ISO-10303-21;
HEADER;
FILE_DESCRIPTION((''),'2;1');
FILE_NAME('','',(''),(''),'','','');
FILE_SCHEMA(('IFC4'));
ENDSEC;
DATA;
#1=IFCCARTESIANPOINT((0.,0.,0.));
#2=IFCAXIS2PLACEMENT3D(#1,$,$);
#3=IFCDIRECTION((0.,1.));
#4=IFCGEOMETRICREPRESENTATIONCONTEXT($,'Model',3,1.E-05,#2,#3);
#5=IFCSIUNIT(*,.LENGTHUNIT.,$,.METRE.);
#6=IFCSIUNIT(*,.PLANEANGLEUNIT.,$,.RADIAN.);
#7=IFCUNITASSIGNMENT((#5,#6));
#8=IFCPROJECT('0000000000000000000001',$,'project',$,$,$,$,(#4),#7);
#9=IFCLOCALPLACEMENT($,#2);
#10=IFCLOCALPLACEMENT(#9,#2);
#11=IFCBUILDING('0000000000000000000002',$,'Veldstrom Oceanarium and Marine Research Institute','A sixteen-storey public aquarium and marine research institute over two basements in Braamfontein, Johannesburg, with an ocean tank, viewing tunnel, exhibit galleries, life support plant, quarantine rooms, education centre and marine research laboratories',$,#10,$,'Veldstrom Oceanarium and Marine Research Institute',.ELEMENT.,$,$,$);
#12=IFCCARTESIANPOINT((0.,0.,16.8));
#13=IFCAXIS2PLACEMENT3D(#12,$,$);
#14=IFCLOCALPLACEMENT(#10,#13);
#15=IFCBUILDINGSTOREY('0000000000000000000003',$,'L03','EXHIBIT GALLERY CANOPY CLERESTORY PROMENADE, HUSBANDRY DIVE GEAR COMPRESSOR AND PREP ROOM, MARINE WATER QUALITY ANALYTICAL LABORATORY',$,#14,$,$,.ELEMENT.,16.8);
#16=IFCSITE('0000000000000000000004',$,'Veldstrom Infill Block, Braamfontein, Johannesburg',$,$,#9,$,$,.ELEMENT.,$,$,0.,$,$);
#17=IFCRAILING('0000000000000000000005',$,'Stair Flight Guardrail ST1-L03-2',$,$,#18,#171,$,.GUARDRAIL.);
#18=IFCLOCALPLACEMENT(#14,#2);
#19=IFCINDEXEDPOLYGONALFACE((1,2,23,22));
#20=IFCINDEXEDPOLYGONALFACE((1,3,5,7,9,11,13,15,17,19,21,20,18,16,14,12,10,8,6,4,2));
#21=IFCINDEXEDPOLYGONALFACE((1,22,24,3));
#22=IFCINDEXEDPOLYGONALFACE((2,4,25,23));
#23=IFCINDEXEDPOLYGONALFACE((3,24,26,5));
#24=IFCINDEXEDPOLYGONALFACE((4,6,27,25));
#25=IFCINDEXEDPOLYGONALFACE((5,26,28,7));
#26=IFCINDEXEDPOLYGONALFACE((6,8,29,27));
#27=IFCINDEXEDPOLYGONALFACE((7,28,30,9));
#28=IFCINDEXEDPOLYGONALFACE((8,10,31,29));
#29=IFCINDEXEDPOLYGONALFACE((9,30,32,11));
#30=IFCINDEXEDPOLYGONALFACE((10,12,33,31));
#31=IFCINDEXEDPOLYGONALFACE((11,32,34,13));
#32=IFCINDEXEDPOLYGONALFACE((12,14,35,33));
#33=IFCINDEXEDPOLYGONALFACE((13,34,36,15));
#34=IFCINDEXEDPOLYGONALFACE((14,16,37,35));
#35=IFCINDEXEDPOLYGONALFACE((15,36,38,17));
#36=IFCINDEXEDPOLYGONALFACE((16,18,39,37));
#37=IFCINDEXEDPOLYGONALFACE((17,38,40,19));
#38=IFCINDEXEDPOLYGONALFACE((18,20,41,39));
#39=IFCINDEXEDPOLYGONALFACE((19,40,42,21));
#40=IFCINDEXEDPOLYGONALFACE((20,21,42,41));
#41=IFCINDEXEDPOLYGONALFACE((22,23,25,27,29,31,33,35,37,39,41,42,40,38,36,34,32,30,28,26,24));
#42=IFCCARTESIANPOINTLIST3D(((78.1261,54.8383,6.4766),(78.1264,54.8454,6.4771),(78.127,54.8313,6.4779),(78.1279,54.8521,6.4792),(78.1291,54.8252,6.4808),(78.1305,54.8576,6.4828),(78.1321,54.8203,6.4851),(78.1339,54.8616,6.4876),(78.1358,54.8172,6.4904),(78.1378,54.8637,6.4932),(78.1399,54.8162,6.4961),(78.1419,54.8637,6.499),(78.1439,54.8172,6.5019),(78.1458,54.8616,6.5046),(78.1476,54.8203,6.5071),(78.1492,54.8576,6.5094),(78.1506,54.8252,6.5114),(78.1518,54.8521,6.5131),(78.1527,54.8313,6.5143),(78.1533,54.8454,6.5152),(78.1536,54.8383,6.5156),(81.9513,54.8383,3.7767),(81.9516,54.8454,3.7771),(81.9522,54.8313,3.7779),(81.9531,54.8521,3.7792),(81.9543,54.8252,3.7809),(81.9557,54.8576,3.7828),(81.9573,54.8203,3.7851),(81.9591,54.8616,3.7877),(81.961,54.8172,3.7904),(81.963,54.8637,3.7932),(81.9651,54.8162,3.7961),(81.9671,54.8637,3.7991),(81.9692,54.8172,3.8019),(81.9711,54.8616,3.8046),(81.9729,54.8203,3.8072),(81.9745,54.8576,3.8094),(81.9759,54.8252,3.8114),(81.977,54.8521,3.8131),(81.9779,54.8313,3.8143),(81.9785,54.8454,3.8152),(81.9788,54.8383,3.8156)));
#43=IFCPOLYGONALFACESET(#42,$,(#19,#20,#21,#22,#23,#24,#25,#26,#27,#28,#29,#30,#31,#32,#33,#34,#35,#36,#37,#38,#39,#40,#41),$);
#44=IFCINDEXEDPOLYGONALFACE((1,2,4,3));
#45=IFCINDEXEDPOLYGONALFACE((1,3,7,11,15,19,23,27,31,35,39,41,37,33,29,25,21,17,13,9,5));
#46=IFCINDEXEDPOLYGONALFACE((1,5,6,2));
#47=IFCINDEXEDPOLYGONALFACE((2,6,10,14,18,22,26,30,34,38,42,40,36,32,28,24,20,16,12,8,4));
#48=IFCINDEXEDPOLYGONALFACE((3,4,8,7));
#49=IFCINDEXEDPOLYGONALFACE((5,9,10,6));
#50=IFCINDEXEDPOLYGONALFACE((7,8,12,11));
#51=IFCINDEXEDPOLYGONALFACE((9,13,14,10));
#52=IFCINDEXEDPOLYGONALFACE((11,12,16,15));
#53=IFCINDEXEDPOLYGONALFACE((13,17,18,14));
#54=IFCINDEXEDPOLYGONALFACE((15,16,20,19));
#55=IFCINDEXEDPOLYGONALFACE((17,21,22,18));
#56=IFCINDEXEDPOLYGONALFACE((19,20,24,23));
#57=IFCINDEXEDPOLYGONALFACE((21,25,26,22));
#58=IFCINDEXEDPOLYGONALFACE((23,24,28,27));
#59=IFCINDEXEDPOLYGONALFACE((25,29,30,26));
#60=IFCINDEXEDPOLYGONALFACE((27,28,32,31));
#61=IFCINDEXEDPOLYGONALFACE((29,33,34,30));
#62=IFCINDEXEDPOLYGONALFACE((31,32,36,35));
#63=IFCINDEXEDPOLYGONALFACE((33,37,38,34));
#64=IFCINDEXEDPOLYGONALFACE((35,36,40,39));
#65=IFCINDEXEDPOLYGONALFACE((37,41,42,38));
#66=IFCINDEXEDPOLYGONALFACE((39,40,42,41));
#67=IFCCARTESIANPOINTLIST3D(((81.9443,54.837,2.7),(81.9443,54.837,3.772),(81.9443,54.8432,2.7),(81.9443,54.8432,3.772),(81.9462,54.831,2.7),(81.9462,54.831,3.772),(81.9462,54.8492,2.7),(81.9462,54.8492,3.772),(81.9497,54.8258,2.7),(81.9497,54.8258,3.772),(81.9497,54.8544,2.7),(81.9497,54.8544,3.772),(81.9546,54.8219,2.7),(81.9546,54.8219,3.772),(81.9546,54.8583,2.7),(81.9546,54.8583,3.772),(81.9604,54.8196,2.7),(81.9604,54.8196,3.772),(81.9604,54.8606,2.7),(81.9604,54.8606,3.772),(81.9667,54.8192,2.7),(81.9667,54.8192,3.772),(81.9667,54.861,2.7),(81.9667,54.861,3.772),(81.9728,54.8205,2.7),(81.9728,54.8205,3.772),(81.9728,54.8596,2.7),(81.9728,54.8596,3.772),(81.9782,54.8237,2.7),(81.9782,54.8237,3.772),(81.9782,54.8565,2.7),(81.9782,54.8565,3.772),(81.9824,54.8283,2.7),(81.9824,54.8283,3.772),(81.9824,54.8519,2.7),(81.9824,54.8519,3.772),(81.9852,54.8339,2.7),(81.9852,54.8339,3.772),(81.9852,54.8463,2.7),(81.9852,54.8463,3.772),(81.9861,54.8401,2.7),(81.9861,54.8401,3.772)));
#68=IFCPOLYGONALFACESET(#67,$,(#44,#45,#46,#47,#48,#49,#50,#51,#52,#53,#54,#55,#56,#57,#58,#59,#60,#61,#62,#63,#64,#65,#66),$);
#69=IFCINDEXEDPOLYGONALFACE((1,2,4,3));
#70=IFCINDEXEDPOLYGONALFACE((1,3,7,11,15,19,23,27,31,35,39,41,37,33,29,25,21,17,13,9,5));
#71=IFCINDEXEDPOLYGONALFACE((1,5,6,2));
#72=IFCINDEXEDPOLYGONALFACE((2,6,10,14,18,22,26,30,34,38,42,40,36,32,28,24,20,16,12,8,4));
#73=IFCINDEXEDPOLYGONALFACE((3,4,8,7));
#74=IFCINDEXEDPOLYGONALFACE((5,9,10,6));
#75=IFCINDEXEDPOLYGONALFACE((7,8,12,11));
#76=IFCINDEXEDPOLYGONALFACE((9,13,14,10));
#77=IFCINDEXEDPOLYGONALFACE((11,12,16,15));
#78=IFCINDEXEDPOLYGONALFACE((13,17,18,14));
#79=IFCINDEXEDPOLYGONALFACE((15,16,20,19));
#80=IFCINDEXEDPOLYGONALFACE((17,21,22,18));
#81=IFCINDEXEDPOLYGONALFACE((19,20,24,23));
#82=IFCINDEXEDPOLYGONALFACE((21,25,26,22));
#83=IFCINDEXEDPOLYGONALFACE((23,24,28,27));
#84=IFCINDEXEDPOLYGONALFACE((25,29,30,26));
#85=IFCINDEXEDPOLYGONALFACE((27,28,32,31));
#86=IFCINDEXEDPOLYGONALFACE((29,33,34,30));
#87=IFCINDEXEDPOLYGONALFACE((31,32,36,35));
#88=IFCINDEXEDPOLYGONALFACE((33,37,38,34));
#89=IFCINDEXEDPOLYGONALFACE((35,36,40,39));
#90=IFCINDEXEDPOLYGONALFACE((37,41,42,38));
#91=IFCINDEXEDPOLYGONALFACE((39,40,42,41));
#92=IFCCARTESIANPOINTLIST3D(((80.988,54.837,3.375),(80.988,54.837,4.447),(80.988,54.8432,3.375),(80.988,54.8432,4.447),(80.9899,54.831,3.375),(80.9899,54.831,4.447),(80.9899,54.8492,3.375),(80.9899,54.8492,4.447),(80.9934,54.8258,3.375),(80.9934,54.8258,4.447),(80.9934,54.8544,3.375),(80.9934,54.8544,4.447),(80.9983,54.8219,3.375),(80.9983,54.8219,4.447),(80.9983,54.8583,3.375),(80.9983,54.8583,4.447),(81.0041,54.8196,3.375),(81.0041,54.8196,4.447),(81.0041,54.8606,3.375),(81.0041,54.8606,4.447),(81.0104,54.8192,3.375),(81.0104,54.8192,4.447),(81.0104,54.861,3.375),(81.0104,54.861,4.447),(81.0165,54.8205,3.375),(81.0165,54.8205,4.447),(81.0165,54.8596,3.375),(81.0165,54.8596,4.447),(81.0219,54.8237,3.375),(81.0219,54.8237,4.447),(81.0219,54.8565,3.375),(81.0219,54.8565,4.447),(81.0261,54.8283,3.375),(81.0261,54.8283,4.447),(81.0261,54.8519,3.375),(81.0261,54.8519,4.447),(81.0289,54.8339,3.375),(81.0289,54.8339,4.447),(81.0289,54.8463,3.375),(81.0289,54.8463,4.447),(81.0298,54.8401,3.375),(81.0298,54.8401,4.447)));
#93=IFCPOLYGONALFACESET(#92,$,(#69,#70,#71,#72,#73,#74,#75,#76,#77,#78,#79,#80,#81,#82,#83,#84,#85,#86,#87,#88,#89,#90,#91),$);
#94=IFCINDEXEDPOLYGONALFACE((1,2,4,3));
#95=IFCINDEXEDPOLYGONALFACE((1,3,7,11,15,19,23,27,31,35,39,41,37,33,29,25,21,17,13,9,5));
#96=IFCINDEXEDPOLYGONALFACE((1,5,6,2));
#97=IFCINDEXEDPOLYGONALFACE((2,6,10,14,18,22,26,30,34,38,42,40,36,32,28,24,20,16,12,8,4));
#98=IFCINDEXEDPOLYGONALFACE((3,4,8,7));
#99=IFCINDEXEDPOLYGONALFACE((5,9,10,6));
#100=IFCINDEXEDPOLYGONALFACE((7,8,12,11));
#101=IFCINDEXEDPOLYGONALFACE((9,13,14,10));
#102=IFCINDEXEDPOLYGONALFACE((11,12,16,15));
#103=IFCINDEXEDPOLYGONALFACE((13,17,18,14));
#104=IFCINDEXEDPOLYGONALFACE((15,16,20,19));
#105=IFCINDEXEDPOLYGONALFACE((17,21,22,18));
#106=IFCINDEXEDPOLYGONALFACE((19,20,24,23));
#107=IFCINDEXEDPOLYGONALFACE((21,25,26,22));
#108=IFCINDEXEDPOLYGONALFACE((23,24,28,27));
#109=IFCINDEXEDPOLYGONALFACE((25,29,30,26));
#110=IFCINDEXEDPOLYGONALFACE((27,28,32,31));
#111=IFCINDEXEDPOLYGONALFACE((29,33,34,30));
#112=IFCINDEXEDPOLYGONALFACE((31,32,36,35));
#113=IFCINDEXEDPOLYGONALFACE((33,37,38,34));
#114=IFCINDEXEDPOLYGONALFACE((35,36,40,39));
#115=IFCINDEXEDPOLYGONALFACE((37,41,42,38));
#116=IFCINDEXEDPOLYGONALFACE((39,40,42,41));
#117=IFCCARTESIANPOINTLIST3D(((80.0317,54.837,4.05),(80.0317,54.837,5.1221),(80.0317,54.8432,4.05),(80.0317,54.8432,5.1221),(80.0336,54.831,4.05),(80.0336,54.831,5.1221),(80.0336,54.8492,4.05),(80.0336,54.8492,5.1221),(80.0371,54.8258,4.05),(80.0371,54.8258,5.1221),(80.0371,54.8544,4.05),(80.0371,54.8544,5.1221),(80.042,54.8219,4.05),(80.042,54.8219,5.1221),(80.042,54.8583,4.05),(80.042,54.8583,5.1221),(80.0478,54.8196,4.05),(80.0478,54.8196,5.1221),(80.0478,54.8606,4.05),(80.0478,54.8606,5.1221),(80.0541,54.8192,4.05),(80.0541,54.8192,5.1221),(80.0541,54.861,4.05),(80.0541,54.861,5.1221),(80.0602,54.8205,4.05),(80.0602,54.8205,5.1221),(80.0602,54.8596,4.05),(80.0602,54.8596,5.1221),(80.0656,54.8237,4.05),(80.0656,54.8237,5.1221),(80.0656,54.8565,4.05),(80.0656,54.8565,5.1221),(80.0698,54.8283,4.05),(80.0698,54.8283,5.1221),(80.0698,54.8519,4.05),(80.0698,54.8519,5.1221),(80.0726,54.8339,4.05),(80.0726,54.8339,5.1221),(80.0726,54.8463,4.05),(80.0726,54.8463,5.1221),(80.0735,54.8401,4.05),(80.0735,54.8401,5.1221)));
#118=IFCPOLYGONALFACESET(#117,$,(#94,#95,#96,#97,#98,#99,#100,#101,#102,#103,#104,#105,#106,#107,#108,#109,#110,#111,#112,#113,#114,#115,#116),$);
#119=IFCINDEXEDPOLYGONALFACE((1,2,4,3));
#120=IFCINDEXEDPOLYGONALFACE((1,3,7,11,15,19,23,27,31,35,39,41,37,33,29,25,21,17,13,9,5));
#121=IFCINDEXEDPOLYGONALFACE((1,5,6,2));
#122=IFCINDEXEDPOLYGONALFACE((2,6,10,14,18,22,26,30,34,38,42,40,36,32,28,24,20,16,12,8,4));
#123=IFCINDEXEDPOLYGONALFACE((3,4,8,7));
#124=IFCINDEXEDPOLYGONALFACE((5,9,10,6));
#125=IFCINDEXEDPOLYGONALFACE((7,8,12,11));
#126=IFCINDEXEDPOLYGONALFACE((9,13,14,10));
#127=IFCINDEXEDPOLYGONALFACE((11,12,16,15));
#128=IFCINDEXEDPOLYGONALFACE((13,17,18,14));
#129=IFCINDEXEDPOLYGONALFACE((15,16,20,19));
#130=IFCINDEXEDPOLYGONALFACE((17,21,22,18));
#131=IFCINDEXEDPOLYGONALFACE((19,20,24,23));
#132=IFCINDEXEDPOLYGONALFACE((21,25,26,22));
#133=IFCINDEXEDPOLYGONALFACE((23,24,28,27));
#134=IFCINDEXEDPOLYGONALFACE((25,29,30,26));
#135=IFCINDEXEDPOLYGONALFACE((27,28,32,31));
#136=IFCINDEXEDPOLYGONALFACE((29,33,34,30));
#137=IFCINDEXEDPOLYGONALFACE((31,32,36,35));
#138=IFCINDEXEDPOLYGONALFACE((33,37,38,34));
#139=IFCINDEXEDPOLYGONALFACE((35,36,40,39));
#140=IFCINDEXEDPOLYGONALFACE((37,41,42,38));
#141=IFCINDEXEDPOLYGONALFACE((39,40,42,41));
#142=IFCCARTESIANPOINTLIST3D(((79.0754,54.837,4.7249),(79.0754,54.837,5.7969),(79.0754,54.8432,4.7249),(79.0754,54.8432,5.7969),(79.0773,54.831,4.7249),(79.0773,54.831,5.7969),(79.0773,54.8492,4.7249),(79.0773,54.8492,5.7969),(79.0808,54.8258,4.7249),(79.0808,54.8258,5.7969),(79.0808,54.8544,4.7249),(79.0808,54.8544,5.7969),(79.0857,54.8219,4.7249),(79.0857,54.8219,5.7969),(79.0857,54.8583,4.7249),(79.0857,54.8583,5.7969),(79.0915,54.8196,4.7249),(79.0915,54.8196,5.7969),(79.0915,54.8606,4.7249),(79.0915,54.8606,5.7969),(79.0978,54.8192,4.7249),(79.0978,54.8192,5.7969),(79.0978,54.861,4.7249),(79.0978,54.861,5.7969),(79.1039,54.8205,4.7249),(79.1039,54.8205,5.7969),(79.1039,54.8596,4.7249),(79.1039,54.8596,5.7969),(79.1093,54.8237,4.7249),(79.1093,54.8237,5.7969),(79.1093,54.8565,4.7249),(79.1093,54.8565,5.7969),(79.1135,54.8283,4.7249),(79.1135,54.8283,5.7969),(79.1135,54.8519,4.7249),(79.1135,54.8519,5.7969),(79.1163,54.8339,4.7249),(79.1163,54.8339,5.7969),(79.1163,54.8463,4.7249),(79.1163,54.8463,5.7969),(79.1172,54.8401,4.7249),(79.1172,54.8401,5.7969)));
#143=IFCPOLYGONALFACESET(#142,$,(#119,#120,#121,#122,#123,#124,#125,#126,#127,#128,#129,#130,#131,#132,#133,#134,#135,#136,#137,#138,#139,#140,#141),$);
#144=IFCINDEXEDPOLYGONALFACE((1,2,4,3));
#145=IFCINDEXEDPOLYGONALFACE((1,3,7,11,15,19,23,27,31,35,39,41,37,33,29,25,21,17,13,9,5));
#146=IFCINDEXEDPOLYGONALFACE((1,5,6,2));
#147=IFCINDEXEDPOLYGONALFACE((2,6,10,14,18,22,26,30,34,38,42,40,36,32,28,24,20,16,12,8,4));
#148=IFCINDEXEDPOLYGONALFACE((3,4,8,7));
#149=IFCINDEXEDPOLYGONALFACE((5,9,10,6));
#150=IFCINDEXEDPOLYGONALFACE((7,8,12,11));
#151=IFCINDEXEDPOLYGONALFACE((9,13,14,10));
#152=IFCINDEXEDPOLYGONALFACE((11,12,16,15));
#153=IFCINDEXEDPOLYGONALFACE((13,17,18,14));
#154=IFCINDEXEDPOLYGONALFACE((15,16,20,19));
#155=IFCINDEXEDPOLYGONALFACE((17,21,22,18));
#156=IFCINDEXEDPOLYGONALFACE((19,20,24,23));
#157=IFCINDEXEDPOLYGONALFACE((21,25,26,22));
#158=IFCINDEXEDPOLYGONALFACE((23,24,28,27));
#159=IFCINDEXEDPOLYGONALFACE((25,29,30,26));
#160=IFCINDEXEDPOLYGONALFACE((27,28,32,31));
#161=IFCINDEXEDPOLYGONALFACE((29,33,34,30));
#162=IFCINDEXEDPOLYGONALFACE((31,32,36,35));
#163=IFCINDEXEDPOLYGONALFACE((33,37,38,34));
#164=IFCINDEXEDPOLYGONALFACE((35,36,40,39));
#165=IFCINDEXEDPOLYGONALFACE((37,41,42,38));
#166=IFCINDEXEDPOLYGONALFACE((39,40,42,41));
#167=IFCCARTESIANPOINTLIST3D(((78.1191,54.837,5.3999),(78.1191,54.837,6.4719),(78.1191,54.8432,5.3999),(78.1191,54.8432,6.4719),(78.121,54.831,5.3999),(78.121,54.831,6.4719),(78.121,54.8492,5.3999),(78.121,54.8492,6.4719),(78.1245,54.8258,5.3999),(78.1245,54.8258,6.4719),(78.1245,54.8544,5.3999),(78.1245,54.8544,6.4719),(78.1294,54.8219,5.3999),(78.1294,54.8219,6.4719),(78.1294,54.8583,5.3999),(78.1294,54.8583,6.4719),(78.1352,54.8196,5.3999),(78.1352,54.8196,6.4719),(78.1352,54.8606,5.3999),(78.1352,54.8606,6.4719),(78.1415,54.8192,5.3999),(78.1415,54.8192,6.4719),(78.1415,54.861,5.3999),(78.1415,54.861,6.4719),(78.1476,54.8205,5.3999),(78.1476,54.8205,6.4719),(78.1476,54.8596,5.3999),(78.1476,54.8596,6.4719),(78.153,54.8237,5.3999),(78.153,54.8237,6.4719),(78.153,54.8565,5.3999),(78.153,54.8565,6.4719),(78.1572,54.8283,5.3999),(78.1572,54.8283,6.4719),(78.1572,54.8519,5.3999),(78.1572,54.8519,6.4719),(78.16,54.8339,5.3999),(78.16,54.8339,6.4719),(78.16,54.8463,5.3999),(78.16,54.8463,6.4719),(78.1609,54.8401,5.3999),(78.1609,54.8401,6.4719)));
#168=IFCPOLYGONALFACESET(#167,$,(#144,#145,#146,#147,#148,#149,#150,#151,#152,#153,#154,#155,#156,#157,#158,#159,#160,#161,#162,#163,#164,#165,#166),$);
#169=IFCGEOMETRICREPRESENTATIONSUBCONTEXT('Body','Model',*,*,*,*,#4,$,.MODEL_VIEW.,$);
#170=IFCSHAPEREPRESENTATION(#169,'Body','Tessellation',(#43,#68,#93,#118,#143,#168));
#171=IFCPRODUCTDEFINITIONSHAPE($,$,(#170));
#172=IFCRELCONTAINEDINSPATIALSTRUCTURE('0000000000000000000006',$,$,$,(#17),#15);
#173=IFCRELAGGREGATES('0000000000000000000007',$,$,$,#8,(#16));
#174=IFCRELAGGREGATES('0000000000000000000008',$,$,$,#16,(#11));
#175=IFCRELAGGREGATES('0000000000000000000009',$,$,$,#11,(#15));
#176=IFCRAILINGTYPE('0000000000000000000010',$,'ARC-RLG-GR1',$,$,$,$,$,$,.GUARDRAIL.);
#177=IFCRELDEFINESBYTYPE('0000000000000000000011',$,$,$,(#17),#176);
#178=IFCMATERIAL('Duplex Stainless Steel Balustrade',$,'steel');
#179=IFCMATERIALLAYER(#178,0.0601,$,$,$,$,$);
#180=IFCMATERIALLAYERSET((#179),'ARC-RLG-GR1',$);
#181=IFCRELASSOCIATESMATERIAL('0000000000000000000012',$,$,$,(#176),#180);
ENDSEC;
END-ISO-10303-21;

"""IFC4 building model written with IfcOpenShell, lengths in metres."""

from ifc_helpers import new_model, si_unit, direction, frame, origin, origin_2d, place, context, subcontext, project, spatial, circle, extrude, material, layer, layer_set, type_object, element, save


model = new_model("IFC4")

# Units and contexts
model_context = context("Model", 3, precision=1e-05, world=origin(), true_north=direction((0.0, 1.0)))
body_context = subcontext(model_context, "Body", "Model", "MODEL_VIEW")
ifc_project = project(units=[si_unit("LENGTHUNIT", "METRE"), si_unit("PLANEANGLEUNIT", "RADIAN")], contexts=[model_context])

# Site, building, storey
site_placement = place(None, origin())
site = spatial("IfcSite", under=ifc_project, at=site_placement, Name="Veldstrom Infill Block, Braamfontein, Johannesburg", CompositionType="ELEMENT", RefElevation=0.0)
building_placement = place(site_placement, origin())
building = spatial("IfcBuilding", under=site, at=building_placement, Name="Veldstrom Oceanarium and Marine Research Institute", Description="A sixteen-storey public aquarium and marine research institute over two basements in Braamfontein, Johannesburg, with an ocean tank, viewing tunnel, exhibit galleries, life support plant, quarantine rooms, education centre and marine research laboratories", LongName="Veldstrom Oceanarium and Marine Research Institute", CompositionType="ELEMENT")
storey_placement = place(building_placement, frame((0.0, 0.0, 16.8)))
storey = spatial("IfcBuildingStorey", under=building, at=storey_placement, Name="L03", Description="EXHIBIT GALLERY CANOPY CLERESTORY PROMENADE, HUSBANDRY DIVE GEAR COMPRESSOR AND PREP ROOM, MARINE WATER QUALITY ANALYTICAL LABORATORY", CompositionType="ELEMENT", Elevation=16.8)

# Railing
ifc_material_1 = material(Name="Duplex Stainless Steel Balustrade", Category="steel")
ifc_layer_1 = layer(ifc_material_1, 0.0601)
ifc_layer_set_1 = layer_set([ifc_layer_1], Name="ARC-RLG-GR1")
railing_type_1 = type_object("IfcRailingType", Name="ARC-RLG-GR1", PredefinedType="GUARDRAIL", material=ifc_layer_set_1)
railing_1_placement = place(storey_placement, frame((81.9651, 54.8401, 2.7)))
element("IfcRailing", 1, at=railing_1_placement, inside=storey, type_object=railing_type_1, Name="Stair Flight Guardrail ST1-L03-2", PredefinedType="GUARDRAIL", context=body_context, shape_type="SweptSolid", body=[
    extrude(circle(Radius=0.0239, at=origin_2d()), frame((0.0, 0.0, 1.0962), z_axis=(-0.816987, 0.0, 0.576657), x_axis=(0.0, -1.0, 0.0)), (0.0, 0.0, 1.0), 4.6821),
    extrude(circle(Radius=0.021, at=origin_2d()), origin(), (0.0, 0.0, 1.0), 1.072),
    extrude(circle(Radius=0.021, at=origin_2d()), frame((-0.9563, 0.0, 0.675)), (0.0, 0.0, 1.0), 1.072),
    extrude(circle(Radius=0.021, at=origin_2d()), frame((-1.9126, 0.0, 1.3501)), (0.0, 0.0, 1.0), 1.072),
    extrude(circle(Radius=0.021, at=origin_2d()), frame((-2.8689, 0.0, 2.0249)), (0.0, 0.0, 1.0), 1.072),
    extrude(circle(Radius=0.021, at=origin_2d()), frame((-3.8252, 0.0, 2.7)), (0.0, 0.0, 1.0), 1.072),
])

save(model, "model.ifc")
